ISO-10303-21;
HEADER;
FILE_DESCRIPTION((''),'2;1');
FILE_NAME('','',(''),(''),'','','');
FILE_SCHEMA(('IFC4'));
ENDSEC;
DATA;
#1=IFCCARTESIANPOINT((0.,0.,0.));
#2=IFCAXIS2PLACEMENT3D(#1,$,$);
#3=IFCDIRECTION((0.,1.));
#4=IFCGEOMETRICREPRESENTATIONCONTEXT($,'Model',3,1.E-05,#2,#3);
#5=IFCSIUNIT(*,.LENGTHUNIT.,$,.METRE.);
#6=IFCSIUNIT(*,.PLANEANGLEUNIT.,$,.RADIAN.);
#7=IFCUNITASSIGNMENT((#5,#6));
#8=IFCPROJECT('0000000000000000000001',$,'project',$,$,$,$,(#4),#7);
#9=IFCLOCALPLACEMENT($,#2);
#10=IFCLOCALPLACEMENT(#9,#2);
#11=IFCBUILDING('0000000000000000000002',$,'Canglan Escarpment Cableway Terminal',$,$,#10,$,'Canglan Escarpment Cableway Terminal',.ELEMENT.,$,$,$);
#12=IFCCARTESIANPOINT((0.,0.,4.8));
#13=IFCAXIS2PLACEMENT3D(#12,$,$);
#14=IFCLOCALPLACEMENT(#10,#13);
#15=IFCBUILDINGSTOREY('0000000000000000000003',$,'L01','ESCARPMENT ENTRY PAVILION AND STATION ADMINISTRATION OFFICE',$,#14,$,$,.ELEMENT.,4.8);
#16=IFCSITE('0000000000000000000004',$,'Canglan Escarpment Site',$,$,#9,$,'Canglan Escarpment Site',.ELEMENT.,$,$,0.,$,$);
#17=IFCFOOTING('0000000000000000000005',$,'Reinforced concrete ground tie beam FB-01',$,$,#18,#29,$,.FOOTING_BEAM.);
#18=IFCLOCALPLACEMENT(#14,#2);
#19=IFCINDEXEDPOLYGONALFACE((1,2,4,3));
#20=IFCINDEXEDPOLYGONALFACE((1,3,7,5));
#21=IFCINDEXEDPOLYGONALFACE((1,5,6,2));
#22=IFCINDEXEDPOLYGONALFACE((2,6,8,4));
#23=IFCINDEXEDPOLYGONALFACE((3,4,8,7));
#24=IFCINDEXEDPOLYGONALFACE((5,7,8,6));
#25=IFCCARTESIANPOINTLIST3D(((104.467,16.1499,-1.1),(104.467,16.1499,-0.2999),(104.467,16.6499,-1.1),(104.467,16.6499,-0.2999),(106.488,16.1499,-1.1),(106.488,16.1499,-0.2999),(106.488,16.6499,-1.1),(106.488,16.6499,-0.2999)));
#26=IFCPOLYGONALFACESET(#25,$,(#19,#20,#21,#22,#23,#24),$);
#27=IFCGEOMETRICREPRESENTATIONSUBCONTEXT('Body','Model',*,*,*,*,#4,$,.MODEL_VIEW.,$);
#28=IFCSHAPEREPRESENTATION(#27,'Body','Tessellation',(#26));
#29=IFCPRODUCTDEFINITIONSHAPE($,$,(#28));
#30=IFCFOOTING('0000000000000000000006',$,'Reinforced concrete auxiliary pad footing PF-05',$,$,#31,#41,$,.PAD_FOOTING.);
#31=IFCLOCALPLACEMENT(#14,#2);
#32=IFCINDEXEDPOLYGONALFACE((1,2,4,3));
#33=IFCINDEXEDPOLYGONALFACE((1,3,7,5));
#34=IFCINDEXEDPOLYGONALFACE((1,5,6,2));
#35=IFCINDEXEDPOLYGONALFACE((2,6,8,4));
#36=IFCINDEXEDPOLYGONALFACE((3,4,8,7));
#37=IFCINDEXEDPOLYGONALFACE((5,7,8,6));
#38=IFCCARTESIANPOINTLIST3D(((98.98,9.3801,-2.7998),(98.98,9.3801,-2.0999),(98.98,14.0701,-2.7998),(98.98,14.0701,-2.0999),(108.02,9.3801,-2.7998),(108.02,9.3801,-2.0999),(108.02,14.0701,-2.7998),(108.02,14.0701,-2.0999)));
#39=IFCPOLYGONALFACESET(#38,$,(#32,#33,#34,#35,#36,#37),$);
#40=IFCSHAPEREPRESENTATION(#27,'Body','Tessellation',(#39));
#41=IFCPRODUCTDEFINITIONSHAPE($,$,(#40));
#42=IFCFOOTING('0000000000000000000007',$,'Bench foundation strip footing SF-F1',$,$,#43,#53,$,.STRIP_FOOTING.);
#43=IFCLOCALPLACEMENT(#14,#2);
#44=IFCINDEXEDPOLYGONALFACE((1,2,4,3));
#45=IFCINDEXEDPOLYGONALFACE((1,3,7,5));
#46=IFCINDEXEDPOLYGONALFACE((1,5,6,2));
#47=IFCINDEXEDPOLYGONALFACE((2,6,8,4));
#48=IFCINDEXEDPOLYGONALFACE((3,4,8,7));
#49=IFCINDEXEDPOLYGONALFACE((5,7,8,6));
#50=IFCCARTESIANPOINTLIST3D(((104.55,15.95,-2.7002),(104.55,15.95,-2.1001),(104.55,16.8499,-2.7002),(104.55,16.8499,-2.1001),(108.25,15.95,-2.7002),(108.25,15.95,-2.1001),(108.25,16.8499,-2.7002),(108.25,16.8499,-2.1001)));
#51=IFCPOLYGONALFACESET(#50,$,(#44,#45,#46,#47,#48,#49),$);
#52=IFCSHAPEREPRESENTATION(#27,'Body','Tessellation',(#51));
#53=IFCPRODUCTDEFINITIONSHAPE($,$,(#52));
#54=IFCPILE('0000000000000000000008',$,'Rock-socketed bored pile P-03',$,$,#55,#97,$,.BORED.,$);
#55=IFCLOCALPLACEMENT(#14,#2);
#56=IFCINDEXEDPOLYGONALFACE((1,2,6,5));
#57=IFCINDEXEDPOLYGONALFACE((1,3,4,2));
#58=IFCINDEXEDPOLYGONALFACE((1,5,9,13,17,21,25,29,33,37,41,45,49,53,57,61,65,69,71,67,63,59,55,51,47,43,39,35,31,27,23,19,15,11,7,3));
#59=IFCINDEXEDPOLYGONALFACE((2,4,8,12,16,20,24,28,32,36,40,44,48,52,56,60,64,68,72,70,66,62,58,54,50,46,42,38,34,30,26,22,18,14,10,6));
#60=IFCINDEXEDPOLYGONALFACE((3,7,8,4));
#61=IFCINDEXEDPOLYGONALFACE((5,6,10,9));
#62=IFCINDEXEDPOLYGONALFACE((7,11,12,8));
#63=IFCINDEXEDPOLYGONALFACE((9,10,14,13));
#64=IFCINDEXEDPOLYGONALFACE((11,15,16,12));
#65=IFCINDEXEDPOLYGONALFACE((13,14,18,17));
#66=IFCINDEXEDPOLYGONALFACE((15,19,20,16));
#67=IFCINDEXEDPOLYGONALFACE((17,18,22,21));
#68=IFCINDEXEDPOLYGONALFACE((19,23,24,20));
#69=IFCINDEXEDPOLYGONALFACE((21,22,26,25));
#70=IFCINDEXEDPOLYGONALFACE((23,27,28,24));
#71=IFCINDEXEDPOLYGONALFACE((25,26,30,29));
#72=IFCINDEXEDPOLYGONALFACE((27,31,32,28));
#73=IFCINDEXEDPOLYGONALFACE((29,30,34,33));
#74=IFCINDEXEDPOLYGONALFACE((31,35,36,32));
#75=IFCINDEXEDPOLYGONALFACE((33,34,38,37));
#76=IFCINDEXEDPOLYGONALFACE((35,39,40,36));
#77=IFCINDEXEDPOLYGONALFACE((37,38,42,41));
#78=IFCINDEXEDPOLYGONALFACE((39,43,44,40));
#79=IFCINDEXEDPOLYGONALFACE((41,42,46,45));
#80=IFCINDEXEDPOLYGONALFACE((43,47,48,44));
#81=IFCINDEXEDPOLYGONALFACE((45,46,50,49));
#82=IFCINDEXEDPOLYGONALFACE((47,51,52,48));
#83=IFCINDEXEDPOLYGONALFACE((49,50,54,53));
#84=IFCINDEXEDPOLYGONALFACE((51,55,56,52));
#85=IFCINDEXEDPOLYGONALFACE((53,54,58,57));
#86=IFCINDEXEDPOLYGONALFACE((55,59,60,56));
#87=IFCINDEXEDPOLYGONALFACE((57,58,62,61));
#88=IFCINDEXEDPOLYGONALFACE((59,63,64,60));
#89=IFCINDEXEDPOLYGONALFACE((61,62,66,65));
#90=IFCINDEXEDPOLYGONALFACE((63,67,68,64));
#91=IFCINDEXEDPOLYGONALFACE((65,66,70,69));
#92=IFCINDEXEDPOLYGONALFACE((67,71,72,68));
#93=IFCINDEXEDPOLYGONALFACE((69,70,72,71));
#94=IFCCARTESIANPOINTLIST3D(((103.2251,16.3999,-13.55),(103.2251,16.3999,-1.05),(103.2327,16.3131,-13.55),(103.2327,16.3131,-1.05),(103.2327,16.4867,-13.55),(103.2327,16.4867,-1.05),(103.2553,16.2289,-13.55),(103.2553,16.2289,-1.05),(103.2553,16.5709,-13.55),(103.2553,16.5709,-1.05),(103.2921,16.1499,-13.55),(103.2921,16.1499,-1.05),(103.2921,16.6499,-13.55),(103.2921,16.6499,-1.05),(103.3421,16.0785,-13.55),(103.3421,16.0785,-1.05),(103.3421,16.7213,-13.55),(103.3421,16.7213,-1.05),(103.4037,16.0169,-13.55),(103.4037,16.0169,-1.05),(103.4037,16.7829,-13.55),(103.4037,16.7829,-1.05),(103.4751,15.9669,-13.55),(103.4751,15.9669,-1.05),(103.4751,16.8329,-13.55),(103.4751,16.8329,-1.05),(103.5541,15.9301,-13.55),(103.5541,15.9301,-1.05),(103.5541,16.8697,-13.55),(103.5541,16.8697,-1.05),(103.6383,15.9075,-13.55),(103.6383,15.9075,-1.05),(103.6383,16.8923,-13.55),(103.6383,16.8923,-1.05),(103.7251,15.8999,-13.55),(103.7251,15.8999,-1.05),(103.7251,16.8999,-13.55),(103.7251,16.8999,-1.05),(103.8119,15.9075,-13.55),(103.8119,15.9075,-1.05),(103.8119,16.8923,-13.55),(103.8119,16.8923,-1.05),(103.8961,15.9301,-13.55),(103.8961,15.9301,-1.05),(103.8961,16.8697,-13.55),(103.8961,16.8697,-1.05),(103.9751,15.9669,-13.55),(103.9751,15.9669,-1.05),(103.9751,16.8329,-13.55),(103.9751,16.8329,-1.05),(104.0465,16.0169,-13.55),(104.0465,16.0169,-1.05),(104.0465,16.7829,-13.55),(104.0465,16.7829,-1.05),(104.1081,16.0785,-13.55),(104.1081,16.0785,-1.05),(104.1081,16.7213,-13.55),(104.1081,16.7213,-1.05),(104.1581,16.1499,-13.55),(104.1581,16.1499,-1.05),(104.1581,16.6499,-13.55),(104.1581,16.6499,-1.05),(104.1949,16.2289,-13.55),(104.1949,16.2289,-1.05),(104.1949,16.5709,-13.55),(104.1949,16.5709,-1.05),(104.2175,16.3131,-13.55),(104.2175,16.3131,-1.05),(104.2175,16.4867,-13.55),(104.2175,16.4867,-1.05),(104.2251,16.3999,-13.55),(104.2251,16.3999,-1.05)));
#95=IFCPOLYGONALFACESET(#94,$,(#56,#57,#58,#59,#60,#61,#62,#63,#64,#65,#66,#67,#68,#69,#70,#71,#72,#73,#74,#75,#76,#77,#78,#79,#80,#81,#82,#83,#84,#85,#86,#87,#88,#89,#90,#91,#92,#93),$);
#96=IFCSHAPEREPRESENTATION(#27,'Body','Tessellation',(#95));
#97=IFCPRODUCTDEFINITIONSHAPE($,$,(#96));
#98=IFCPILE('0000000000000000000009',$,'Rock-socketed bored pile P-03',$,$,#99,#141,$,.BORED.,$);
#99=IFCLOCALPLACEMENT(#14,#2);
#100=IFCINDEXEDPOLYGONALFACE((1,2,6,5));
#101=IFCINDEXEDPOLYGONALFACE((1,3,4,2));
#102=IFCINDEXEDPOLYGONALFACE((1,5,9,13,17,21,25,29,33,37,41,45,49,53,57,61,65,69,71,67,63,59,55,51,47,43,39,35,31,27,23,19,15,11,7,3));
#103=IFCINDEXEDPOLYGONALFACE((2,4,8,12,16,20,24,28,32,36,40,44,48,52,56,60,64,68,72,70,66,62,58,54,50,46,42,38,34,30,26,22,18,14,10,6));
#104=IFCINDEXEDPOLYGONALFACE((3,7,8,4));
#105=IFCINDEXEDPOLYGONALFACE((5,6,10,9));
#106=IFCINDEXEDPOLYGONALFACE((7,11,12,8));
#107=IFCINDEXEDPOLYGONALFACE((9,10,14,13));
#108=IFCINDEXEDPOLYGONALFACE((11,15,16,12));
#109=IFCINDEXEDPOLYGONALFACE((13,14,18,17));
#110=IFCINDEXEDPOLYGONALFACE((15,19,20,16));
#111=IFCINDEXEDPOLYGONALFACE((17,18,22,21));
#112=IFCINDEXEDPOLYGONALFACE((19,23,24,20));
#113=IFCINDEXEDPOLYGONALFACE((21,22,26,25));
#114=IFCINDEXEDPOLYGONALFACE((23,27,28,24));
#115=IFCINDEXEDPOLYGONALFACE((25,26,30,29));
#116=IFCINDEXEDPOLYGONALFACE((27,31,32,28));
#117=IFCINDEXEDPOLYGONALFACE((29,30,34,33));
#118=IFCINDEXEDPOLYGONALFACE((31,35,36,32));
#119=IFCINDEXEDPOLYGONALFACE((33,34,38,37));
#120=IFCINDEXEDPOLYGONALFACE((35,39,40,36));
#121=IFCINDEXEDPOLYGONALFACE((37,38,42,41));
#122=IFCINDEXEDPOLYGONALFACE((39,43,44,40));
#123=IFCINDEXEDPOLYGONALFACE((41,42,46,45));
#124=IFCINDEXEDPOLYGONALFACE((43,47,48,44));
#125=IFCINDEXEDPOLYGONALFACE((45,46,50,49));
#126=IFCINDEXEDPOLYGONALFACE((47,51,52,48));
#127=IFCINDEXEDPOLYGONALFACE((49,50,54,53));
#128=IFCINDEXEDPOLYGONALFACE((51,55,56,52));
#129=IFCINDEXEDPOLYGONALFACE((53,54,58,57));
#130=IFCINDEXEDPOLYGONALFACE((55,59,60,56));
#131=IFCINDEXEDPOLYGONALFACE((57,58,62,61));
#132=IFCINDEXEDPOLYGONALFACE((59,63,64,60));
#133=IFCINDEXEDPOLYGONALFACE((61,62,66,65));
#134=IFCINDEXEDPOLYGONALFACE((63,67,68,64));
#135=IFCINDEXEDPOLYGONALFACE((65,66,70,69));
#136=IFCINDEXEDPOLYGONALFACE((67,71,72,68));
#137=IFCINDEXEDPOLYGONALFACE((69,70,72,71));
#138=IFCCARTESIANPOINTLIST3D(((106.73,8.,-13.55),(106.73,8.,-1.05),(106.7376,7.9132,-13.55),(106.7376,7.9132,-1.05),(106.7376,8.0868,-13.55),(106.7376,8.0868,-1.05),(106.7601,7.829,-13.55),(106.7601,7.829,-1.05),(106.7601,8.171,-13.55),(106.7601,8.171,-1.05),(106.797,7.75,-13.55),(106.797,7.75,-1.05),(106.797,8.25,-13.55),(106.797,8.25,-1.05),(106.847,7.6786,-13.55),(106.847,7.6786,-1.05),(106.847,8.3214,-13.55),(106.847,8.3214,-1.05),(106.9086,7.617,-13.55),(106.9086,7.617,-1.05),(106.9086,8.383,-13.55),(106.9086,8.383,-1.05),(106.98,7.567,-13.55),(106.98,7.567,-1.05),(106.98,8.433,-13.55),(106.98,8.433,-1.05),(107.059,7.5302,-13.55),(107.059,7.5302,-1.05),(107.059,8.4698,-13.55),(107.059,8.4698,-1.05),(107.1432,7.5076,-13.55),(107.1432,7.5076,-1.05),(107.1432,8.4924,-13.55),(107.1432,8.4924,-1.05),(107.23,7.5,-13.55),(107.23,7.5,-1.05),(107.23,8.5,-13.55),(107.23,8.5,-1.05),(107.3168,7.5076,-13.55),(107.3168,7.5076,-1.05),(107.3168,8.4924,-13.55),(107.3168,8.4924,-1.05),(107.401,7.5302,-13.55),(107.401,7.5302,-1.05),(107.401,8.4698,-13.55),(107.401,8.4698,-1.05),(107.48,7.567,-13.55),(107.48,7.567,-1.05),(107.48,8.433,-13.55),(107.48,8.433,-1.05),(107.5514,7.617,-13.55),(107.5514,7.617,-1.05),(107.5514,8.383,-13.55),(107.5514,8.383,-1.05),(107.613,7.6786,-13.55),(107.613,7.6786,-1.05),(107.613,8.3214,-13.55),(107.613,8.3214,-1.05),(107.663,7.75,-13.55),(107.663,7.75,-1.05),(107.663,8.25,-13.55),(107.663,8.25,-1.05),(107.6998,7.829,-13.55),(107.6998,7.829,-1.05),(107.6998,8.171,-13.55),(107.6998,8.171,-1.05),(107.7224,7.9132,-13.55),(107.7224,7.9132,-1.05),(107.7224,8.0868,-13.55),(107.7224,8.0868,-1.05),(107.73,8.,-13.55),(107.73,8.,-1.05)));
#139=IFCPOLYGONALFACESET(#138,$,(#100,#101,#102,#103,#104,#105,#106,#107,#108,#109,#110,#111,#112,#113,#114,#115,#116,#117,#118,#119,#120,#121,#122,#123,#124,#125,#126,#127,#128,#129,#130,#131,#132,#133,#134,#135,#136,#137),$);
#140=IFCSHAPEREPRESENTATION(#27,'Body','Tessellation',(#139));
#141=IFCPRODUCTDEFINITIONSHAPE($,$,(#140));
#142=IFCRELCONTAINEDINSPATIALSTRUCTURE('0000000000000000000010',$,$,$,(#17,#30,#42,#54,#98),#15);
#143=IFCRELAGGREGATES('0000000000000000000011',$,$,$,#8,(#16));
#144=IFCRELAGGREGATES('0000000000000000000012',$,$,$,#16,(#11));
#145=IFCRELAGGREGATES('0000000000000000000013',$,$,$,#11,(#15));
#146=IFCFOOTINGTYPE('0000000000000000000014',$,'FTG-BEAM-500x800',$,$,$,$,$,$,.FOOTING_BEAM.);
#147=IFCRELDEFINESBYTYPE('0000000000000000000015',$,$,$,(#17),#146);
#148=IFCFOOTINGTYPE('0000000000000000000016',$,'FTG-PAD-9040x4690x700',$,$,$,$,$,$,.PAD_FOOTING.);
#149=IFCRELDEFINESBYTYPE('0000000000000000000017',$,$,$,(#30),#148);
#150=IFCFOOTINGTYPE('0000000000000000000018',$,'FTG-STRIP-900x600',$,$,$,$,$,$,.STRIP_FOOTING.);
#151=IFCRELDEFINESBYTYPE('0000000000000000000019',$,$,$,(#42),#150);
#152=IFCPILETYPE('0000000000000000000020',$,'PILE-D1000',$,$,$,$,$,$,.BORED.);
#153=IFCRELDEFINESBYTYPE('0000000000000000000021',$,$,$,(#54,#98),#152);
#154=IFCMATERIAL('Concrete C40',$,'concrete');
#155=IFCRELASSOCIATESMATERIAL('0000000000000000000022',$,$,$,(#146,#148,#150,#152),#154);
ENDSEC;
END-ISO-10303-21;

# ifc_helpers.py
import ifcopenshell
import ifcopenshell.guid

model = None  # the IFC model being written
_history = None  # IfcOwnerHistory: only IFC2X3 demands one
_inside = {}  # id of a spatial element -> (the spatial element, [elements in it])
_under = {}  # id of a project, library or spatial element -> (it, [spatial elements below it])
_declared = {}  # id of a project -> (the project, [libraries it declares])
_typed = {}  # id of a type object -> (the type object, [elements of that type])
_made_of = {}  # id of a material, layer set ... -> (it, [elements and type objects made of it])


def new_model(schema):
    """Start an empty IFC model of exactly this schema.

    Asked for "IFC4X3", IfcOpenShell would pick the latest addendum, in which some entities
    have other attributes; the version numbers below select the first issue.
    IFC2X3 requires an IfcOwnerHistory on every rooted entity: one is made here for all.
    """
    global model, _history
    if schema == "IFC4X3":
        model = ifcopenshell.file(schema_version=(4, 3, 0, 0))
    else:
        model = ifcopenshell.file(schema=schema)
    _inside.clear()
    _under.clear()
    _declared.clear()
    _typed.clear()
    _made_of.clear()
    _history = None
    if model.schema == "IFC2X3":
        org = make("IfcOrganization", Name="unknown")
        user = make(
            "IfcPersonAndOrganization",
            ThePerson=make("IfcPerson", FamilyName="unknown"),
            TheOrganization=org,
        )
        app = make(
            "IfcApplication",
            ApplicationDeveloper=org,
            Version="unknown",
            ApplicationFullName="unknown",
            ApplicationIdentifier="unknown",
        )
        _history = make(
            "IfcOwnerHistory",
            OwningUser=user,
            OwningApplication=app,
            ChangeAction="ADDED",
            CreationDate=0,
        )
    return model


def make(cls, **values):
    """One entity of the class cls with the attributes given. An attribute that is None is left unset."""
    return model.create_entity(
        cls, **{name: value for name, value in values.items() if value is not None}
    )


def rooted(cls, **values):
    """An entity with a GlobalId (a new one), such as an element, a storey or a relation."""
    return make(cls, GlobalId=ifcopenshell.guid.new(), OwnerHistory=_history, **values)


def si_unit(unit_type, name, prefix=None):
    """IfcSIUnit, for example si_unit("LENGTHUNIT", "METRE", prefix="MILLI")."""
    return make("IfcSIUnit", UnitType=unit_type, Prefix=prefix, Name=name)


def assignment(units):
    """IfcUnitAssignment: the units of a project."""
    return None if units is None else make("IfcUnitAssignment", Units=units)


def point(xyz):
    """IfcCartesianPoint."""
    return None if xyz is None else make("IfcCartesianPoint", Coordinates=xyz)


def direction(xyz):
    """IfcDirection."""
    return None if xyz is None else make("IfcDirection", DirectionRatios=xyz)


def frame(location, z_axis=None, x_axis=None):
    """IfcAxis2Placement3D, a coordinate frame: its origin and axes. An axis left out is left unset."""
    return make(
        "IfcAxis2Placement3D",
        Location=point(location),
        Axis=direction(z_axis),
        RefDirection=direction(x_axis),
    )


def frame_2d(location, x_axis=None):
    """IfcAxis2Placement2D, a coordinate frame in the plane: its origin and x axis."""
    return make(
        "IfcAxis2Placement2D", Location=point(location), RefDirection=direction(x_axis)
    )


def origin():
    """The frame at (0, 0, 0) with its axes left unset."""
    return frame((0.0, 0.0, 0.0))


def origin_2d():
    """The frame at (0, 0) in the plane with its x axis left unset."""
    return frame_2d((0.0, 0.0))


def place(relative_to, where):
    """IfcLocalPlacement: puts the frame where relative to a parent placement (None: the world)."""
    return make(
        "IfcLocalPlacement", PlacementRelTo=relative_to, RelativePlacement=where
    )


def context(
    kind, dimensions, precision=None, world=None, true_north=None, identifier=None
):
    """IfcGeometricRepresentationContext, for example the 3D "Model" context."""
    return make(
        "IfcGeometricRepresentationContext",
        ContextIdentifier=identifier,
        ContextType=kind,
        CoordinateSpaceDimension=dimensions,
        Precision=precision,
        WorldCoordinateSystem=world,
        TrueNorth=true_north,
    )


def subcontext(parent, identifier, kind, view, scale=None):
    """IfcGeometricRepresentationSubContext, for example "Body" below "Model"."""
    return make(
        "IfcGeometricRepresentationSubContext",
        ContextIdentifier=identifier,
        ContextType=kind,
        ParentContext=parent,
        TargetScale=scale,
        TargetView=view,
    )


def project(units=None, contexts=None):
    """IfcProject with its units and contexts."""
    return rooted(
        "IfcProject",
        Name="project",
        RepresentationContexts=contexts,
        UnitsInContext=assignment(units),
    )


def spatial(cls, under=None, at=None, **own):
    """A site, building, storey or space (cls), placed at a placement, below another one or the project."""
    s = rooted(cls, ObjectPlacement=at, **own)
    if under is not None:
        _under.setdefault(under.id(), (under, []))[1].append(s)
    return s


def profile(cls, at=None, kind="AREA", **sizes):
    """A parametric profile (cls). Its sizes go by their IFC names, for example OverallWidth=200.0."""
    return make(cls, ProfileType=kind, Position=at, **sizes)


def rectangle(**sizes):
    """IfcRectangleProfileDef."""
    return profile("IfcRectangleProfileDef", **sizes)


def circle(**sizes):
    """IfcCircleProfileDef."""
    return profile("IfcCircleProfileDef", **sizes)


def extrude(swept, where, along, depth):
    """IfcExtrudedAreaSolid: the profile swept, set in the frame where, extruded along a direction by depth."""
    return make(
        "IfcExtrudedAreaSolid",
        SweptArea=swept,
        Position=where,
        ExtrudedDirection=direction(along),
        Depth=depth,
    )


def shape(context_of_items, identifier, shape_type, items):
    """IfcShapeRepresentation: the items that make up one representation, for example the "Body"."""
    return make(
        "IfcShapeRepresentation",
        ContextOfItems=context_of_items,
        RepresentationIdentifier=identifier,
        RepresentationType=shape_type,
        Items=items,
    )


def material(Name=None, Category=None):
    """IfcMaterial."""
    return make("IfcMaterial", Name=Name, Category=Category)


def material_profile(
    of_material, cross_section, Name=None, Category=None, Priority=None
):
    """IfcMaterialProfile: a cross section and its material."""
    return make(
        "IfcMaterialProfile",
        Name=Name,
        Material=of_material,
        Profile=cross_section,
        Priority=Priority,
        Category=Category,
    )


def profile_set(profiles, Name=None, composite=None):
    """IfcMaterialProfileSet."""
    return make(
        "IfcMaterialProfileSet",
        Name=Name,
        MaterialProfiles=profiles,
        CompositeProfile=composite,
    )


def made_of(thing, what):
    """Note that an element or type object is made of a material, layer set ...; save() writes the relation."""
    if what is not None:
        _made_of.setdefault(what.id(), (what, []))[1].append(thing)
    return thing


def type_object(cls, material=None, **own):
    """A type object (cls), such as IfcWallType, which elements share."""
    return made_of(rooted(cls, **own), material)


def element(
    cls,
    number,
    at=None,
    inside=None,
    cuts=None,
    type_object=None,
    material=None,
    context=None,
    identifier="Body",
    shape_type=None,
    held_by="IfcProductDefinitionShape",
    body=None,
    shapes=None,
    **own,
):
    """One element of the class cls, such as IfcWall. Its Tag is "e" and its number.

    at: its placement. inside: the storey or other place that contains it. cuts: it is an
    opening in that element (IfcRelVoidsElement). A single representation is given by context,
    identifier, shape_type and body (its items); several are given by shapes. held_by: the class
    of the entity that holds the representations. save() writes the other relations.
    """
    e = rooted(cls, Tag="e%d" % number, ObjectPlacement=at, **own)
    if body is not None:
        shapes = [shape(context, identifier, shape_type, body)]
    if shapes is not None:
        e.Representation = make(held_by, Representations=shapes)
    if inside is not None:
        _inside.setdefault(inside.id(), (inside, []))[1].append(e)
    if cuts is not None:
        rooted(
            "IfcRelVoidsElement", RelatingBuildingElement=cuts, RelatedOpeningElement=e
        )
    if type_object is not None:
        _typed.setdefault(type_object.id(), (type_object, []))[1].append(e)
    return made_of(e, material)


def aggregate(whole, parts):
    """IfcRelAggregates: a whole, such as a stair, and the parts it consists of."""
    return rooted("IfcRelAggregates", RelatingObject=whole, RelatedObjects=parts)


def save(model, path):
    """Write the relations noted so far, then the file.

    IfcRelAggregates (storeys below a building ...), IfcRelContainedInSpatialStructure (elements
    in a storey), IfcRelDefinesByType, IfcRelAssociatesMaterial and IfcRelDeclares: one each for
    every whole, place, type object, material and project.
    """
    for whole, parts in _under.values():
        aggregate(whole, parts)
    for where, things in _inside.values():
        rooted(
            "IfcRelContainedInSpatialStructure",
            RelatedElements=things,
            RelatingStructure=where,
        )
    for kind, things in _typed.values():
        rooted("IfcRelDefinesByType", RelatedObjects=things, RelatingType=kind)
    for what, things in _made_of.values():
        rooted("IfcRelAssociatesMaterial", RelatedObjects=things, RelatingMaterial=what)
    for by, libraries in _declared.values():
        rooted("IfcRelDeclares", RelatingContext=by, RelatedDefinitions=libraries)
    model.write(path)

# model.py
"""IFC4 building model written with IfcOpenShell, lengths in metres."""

from ifc_helpers import new_model, si_unit, direction, frame, origin, origin_2d, place, context, subcontext, project, spatial, rectangle, circle, extrude, material, material_profile, profile_set, type_object, element, save


model = new_model("IFC4")

# Units and contexts
model_context = context("Model", 3, precision=1e-05, world=origin(), true_north=direction((0.0, 1.0)))
body_context = subcontext(model_context, "Body", "Model", "MODEL_VIEW")
ifc_project = project(units=[si_unit("LENGTHUNIT", "METRE"), si_unit("PLANEANGLEUNIT", "RADIAN")], contexts=[model_context])

# Site, building, storey
site_placement = place(None, origin())
site = spatial("IfcSite", under=ifc_project, at=site_placement, Name="Canglan Escarpment Site", LongName="Canglan Escarpment Site", CompositionType="ELEMENT", RefElevation=0.0)
building_placement = place(site_placement, origin())
building = spatial("IfcBuilding", under=site, at=building_placement, Name="Canglan Escarpment Cableway Terminal", LongName="Canglan Escarpment Cableway Terminal", CompositionType="ELEMENT")
storey_placement = place(building_placement, frame((0.0, 0.0, 4.8)))
storey = spatial("IfcBuildingStorey", under=building, at=storey_placement, Name="L01", Description="ESCARPMENT ENTRY PAVILION AND STATION ADMINISTRATION OFFICE", CompositionType="ELEMENT", Elevation=4.8)

# Footings
ifc_material_1 = material(Name="Concrete C40", Category="concrete")
ifc_material_profile_1 = material_profile(ifc_material_1, rectangle(XDim=0.5, YDim=0.8, at=origin_2d()), Name="FB 500x800")
ifc_profile_set_1 = profile_set([ifc_material_profile_1], Name="Concrete C40")
footing_type_1 = type_object("IfcFootingType", Name="FTG-BEAM-500x800", PredefinedType="FOOTING_BEAM", material=ifc_profile_set_1)
footing_1_placement = place(storey_placement, frame((104.467, 16.3999, -0.7), z_axis=(1.0, 0.0, 0.0), x_axis=(0.0, 1.0, 0.0)))
element("IfcFooting", 1, at=footing_1_placement, inside=storey, type_object=footing_type_1, Name="Reinforced concrete ground tie beam FB-01", PredefinedType="FOOTING_BEAM", context=body_context, shape_type="SweptSolid", body=[
    extrude(rectangle(XDim=0.5, YDim=0.8, at=origin_2d()), origin(), (0.0, 0.0, 1.0), 2.021),
])
footing_type_2 = type_object("IfcFootingType", Name="FTG-PAD-9040x4690x700", PredefinedType="PAD_FOOTING", material=ifc_material_1)
footing_2_placement = place(storey_placement, frame((103.5, 11.7251, -2.7998), z_axis=(0.0, 0.0, 1.0), x_axis=(1.0, 0.0, 0.0)))
element("IfcFooting", 2, at=footing_2_placement, inside=storey, type_object=footing_type_2, Name="Reinforced concrete auxiliary pad footing PF-05", PredefinedType="PAD_FOOTING", context=body_context, shape_type="SweptSolid", body=[
    extrude(rectangle(XDim=9.04, YDim=4.6899, at=origin_2d()), origin(), (0.0, 0.0, 1.0), 0.7),
])
ifc_material_profile_2 = material_profile(ifc_material_1, rectangle(XDim=0.8999, YDim=0.6001, at=origin_2d()), Name="SF 900x600")
ifc_profile_set_2 = profile_set([ifc_material_profile_2], Name="Concrete C40")
footing_type_3 = type_object("IfcFootingType", Name="FTG-STRIP-900x600", PredefinedType="STRIP_FOOTING", material=ifc_profile_set_2)
footing_3_placement = place(storey_placement, frame((104.55, 16.3999, -2.4001), z_axis=(1.0, 0.0, 0.0), x_axis=(0.0, 1.0, 0.0)))
element("IfcFooting", 3, at=footing_3_placement, inside=storey, type_object=footing_type_3, Name="Bench foundation strip footing SF-F1", PredefinedType="STRIP_FOOTING", context=body_context, shape_type="SweptSolid", body=[
    extrude(rectangle(XDim=0.8999, YDim=0.6001, at=origin_2d()), origin(), (0.0, 0.0, 1.0), 3.7),
])

# Piles
ifc_material_profile_3 = material_profile(ifc_material_1, circle(Radius=0.5, at=origin_2d()), Name="BORED PILE D1000")
ifc_profile_set_3 = profile_set([ifc_material_profile_3], Name="Concrete C40")
pile_type = type_object("IfcPileType", Name="PILE-D1000", PredefinedType="BORED", material=ifc_profile_set_3)
for number, where, z_axis, x_axis, name in (
    (4, (103.7251, 16.3999, -1.05), (0.0, 0.0, -1.0), (1.0, 0.0, 0.0), "Rock-socketed bored pile P-03"),
    (5, (107.23, 8.0, -1.05), (0.0, 0.0, -1.0), (1.0, 0.0, 0.0), "Rock-socketed bored pile P-03"),
):
    element("IfcPile", number, at=place(storey_placement, frame(where, z_axis=z_axis, x_axis=x_axis)), inside=storey, type_object=pile_type, Name=name, PredefinedType="BORED", context=body_context, shape_type="SweptSolid", body=[
        extrude(circle(Radius=0.5, at=origin_2d()), origin(), (0.0, 0.0, 1.0), 12.5),
    ])

save(model, "model.ifc")
